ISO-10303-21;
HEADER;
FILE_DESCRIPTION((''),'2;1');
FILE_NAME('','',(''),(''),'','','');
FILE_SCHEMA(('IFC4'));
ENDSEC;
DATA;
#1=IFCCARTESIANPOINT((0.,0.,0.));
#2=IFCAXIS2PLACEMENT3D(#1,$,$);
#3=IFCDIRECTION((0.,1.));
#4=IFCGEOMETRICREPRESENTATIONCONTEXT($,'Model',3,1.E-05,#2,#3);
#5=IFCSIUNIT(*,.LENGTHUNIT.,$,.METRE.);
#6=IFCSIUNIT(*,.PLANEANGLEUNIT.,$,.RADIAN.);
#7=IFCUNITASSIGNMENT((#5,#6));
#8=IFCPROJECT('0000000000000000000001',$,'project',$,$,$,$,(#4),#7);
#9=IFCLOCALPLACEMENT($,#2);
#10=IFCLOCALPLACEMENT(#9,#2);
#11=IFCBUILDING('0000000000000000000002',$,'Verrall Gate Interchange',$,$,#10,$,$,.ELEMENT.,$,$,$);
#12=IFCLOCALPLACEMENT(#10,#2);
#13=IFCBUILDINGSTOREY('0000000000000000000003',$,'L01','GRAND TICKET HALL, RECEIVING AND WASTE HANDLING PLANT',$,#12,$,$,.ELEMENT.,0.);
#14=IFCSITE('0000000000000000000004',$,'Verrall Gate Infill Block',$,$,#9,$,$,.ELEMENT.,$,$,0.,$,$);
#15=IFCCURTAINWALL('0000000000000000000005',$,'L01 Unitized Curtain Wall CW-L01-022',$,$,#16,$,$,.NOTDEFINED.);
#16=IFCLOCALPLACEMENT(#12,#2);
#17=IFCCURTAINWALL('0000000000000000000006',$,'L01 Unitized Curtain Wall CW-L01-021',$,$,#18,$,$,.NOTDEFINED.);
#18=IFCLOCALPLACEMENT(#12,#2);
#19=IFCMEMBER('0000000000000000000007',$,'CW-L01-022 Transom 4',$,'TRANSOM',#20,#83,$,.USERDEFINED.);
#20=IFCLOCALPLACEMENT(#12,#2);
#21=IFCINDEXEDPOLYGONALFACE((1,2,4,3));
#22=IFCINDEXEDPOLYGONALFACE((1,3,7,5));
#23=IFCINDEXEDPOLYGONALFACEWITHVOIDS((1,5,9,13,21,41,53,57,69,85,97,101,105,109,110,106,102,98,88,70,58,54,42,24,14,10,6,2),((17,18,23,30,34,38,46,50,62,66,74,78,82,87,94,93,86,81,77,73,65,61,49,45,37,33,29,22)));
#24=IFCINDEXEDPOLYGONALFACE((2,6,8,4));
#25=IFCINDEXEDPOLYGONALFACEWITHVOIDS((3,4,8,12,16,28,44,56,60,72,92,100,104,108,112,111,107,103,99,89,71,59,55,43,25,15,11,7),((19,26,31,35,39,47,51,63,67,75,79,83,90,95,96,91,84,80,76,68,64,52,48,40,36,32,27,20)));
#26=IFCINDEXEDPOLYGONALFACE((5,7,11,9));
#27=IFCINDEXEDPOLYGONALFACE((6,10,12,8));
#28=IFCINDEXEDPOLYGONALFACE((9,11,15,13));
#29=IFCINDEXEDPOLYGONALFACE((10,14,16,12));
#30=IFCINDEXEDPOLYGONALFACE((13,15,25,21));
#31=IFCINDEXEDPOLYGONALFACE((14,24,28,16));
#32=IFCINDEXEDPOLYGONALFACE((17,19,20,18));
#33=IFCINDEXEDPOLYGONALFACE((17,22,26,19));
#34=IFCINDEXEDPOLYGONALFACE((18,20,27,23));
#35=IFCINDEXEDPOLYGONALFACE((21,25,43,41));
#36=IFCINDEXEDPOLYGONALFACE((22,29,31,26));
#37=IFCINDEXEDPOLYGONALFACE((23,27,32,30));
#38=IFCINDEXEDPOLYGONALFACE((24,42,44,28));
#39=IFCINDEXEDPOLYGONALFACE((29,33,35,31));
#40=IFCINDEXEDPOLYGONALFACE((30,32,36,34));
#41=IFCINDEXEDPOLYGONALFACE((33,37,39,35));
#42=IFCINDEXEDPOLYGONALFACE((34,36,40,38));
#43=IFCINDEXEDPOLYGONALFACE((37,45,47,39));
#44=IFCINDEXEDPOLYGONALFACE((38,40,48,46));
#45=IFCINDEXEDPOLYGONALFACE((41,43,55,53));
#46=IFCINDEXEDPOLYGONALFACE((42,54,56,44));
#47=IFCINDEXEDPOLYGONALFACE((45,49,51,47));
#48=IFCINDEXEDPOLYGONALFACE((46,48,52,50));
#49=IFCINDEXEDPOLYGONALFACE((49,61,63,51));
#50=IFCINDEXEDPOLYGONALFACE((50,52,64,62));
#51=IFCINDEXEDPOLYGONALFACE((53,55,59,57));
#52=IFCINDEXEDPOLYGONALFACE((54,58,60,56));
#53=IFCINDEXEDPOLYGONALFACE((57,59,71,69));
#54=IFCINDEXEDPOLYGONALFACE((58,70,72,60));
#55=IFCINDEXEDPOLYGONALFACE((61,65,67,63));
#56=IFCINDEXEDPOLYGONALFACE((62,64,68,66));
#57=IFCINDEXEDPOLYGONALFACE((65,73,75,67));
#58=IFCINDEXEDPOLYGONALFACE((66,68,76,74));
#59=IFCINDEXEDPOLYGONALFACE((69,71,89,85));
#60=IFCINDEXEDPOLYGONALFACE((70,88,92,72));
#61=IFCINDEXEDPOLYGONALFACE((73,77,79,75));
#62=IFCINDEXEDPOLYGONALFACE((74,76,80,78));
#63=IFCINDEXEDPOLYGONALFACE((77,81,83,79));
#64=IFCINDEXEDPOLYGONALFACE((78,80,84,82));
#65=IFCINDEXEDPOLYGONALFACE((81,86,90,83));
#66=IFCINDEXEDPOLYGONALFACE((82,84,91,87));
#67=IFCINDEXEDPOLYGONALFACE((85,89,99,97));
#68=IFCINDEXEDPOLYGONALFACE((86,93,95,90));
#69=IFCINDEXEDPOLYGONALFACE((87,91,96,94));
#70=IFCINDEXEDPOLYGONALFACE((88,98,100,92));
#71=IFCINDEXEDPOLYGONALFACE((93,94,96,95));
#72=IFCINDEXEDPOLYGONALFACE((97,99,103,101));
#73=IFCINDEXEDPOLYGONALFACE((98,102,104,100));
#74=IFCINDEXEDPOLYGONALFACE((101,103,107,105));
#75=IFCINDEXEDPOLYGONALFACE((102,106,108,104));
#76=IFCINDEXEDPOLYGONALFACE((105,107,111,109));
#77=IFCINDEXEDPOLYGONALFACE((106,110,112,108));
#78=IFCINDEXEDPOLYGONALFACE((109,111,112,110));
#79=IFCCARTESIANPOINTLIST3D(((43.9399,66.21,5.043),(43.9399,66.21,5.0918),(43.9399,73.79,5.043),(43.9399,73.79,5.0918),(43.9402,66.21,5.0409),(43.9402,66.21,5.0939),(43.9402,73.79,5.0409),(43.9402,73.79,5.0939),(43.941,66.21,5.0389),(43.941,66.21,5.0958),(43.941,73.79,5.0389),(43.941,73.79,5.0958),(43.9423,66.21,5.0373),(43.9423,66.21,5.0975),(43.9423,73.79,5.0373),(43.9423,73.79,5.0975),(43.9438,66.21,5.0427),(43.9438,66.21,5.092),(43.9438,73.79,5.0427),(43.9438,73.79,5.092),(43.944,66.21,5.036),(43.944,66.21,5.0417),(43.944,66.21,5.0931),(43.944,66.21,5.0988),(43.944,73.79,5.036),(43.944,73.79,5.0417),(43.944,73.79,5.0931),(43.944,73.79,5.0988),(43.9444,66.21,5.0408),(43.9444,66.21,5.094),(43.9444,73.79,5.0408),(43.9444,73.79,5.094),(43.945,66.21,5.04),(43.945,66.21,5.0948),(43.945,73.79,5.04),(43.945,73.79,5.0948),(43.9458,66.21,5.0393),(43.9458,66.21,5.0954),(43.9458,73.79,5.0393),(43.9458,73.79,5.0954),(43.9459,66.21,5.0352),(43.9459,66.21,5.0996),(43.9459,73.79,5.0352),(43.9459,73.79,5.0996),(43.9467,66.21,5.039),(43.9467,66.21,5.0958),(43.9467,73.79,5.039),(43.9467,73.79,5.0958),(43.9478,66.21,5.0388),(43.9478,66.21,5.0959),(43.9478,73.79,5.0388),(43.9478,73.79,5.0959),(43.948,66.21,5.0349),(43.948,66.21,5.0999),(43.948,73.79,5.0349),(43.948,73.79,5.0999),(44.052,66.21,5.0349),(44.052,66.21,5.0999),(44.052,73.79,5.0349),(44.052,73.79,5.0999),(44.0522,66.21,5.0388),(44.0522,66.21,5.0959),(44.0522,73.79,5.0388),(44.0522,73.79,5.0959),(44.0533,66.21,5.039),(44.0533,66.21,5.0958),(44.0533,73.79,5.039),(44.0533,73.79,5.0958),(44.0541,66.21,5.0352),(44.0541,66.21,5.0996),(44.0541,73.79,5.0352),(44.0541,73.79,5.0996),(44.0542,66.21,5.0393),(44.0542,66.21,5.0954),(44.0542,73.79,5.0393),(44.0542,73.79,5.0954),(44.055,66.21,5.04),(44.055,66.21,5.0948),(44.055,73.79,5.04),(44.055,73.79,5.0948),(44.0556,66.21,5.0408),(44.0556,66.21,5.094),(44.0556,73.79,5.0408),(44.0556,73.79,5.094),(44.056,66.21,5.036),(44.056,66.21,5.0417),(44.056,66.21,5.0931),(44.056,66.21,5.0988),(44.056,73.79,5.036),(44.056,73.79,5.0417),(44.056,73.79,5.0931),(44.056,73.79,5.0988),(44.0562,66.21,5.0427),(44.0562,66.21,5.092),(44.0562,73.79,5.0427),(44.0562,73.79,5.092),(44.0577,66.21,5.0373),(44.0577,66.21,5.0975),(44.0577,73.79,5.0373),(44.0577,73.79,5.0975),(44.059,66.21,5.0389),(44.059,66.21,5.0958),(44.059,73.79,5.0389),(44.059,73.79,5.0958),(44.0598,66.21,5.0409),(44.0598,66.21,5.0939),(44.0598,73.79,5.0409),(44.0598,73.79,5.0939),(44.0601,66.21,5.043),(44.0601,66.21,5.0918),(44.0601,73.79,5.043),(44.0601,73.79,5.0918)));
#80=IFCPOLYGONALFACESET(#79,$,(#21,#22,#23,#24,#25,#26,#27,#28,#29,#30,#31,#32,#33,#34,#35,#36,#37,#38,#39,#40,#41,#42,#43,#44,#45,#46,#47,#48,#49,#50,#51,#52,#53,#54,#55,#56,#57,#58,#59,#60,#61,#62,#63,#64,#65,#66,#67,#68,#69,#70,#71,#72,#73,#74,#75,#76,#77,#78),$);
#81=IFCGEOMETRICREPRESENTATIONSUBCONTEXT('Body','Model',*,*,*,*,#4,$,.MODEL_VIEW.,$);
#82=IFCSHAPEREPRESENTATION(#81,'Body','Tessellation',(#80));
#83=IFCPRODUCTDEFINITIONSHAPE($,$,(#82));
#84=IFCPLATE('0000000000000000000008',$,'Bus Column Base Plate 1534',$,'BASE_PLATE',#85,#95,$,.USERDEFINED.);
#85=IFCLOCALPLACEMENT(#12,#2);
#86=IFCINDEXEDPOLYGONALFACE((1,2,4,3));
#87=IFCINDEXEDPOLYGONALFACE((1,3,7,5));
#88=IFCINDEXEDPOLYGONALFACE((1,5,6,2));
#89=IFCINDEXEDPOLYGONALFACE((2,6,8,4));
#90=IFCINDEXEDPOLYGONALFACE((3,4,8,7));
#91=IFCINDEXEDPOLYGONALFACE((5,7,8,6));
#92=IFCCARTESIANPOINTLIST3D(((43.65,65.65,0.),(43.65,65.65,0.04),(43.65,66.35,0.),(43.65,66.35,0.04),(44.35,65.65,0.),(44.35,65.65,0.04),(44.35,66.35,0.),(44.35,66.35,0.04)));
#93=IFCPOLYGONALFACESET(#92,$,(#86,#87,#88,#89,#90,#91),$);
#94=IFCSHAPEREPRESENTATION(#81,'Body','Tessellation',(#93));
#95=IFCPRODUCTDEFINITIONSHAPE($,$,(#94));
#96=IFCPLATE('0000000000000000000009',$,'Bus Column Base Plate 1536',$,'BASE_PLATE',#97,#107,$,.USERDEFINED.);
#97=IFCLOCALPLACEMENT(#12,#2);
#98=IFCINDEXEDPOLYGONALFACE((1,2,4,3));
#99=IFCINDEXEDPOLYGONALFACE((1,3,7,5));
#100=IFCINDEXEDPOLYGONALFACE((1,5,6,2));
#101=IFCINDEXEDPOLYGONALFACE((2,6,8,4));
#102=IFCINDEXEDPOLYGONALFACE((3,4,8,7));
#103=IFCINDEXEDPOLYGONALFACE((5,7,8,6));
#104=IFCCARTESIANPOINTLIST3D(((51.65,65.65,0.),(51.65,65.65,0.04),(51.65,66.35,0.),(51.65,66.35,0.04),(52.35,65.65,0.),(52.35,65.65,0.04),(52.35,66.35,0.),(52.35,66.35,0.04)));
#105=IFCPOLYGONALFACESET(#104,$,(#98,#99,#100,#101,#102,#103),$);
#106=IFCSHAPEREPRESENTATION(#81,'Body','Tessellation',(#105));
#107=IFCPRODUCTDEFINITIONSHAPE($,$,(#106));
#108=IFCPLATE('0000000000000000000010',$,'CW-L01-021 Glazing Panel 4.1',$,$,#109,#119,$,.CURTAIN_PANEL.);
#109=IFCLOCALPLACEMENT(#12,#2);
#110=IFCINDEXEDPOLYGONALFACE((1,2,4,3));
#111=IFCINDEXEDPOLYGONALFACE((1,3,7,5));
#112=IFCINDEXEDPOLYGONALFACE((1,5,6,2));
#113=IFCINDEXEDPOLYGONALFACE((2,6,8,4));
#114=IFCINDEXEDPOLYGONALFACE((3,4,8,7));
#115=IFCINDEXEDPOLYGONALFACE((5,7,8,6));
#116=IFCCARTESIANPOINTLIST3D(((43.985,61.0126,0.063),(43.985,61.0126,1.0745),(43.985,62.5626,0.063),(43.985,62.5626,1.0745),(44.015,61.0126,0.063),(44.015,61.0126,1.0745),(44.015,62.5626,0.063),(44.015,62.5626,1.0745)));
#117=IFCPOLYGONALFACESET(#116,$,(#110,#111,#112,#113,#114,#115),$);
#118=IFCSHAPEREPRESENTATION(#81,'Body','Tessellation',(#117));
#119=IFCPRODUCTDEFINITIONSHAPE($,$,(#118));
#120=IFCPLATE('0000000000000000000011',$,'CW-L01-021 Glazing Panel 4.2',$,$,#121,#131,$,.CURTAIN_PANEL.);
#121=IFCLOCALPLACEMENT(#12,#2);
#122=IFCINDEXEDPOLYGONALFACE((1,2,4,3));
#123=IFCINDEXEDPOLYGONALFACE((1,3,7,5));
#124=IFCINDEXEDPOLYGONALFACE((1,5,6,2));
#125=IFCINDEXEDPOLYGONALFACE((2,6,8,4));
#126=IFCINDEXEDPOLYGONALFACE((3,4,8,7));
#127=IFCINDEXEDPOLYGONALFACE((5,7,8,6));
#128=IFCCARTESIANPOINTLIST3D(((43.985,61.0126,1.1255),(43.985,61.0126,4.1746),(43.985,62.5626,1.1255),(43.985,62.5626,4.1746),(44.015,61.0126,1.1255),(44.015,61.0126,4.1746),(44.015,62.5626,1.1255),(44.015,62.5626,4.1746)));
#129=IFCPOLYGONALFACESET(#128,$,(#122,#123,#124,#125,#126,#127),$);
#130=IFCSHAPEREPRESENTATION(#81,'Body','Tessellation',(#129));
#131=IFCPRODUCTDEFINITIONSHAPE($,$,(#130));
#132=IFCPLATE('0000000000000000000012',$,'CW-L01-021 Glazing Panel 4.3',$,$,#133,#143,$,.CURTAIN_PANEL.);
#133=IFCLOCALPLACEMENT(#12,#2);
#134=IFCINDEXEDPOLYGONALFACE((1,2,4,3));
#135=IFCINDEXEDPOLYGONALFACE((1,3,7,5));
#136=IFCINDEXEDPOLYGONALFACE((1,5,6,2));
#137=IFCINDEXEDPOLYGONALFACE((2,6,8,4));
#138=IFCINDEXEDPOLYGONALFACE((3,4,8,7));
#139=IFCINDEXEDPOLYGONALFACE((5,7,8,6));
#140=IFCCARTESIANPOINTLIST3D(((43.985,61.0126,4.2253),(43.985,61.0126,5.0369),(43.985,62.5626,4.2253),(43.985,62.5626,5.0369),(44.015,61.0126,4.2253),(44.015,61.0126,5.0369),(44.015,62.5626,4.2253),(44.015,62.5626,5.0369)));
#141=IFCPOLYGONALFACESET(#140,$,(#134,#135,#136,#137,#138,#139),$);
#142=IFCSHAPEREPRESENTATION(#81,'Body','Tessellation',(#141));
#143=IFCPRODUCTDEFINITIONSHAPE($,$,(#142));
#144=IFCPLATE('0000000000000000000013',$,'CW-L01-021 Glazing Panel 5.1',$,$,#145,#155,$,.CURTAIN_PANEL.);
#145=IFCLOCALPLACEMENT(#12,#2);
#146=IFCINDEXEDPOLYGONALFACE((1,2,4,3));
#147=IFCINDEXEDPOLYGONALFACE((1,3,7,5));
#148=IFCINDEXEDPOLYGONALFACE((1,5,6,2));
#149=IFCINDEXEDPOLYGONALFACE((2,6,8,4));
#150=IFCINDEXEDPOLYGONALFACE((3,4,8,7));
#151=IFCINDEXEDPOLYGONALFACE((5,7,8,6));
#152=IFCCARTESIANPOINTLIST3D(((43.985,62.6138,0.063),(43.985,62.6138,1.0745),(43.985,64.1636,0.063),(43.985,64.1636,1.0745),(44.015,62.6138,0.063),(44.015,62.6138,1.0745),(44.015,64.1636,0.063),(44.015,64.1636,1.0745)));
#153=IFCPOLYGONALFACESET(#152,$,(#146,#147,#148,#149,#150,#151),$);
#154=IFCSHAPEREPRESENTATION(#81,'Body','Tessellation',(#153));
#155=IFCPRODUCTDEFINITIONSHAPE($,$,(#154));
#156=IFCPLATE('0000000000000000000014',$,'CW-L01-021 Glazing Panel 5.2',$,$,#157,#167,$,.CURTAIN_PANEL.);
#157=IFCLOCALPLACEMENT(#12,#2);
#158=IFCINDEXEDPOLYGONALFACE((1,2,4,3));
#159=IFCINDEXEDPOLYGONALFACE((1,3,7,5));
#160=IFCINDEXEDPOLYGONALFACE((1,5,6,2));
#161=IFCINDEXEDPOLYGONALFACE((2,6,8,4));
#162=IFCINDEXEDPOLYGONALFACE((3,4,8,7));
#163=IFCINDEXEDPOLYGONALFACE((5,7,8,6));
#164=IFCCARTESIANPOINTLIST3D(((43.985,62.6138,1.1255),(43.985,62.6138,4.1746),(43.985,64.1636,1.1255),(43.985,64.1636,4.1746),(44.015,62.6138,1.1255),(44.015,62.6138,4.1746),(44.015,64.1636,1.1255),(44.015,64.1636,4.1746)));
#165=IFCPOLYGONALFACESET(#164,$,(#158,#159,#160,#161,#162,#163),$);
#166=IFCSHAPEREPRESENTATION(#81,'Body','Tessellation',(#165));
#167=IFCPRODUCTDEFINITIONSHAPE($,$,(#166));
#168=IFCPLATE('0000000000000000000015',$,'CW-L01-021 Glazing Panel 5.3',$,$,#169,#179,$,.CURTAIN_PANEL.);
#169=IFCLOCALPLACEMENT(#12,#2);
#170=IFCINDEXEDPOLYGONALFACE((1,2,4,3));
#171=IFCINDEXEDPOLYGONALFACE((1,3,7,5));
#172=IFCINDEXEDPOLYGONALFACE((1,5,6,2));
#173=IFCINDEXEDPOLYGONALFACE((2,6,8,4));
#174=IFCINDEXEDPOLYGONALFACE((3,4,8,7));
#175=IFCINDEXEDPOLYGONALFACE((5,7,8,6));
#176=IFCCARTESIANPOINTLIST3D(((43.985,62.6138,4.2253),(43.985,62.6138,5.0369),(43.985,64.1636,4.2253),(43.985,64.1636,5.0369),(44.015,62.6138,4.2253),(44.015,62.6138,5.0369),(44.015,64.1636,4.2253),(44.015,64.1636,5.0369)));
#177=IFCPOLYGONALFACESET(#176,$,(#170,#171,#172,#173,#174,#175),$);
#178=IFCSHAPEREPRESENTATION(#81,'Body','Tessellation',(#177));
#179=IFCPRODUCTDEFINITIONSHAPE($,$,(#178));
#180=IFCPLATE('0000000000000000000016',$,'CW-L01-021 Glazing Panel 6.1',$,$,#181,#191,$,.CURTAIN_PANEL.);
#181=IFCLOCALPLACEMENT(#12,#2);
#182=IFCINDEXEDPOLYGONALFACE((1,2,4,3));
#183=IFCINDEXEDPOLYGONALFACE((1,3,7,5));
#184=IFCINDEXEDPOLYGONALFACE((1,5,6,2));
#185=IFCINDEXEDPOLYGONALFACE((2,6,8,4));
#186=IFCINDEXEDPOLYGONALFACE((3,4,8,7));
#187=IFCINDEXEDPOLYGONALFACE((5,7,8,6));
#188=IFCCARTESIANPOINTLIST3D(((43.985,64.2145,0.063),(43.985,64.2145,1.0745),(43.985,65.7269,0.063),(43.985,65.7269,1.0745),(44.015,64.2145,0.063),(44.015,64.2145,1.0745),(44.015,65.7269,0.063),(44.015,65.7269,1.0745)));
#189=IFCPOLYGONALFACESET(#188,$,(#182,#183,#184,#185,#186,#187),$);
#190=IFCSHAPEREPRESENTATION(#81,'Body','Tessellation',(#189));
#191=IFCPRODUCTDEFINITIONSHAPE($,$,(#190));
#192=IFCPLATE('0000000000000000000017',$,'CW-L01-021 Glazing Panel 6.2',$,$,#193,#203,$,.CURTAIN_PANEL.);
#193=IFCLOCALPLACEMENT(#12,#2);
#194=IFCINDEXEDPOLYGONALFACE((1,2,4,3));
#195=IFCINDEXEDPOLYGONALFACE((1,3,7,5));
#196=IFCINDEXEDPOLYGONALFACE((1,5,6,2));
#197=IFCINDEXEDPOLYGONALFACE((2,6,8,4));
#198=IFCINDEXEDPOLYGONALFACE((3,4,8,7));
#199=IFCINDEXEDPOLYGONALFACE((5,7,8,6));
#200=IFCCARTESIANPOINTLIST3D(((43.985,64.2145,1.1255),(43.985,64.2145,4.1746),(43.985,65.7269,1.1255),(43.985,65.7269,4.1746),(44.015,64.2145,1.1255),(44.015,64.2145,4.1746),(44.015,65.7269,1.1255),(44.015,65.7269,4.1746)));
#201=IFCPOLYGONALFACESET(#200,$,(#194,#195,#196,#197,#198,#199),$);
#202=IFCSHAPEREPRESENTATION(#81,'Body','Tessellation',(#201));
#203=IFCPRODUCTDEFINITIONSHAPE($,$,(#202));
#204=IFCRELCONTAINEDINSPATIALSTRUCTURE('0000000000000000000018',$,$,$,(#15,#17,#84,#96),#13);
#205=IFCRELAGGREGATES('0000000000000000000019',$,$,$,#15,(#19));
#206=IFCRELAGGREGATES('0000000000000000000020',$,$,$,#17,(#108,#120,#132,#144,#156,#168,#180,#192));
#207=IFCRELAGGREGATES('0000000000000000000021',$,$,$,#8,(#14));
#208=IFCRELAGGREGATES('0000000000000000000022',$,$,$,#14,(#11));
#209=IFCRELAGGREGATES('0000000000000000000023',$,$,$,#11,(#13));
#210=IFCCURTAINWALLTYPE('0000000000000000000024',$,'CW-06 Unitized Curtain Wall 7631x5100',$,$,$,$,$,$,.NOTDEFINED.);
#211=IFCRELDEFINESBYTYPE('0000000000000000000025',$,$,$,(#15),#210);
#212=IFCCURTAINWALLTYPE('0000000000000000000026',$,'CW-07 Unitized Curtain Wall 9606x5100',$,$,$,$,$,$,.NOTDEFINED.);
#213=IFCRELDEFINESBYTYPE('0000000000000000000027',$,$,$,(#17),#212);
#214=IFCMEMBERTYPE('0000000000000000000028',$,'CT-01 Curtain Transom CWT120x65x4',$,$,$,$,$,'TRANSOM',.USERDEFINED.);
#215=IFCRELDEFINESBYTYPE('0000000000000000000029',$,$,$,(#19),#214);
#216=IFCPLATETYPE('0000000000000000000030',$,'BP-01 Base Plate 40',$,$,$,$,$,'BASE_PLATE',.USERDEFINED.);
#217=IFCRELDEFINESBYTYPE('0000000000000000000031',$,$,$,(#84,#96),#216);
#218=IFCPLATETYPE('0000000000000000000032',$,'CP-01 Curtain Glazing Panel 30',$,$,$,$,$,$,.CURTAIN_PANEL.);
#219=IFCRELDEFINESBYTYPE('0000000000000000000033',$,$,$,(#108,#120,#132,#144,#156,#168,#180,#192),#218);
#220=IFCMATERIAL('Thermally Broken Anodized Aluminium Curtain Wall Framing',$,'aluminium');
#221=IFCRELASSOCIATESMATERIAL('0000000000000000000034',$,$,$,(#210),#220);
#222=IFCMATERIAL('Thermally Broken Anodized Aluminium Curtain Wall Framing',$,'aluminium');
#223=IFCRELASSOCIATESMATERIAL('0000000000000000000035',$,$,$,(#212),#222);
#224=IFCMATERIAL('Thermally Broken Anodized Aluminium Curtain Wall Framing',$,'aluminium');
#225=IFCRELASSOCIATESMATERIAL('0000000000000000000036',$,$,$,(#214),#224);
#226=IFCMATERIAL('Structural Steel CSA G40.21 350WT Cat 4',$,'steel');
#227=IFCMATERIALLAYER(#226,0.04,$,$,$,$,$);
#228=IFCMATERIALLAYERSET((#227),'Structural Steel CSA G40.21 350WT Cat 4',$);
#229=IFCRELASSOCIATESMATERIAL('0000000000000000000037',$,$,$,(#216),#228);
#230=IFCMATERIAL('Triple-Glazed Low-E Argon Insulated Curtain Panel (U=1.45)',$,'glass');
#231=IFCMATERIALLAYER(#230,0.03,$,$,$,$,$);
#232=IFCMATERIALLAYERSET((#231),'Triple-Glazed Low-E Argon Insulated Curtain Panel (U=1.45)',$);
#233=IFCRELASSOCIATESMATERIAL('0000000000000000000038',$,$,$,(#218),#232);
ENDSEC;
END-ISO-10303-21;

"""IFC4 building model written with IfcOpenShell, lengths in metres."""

from ifc_helpers import new_model, si_unit, direction, frame, origin, origin_2d, place, context, subcontext, project, spatial, rectangle, hollow_rectangle, extrude, material, layer, layer_set, material_profile, profile_set, type_object, element, aggregate, save


model = new_model("IFC4")

# Units and contexts
model_context = context("Model", 3, precision=1e-05, world=origin(), true_north=direction((0.0, 1.0)))
body_context = subcontext(model_context, "Body", "Model", "MODEL_VIEW")
ifc_project = project(units=[si_unit("LENGTHUNIT", "METRE"), si_unit("PLANEANGLEUNIT", "RADIAN")], contexts=[model_context])

# Site, building, storey
site_placement = place(None, origin())
site = spatial("IfcSite", under=ifc_project, at=site_placement, Name="Verrall Gate Infill Block", CompositionType="ELEMENT", RefElevation=0.0)
building_placement = place(site_placement, origin())
building = spatial("IfcBuilding", under=site, at=building_placement, Name="Verrall Gate Interchange", CompositionType="ELEMENT")
storey_placement = place(building_placement, origin())
storey = spatial("IfcBuildingStorey", under=building, at=storey_placement, Name="L01", Description="GRAND TICKET HALL, RECEIVING AND WASTE HANDLING PLANT", CompositionType="ELEMENT", Elevation=0.0)

# Curtain wall
ifc_material_1 = material(Name="Thermally Broken Anodized Aluminium Curtain Wall Framing", Category="aluminium")
curtain_wall_type_1 = type_object("IfcCurtainWallType", Name="CW-06 Unitized Curtain Wall 7631x5100", PredefinedType="NOTDEFINED", material=ifc_material_1)
curtain_wall_1_placement = place(storey_placement, origin())
curtain_wall_1 = element("IfcCurtainWall", 1, at=curtain_wall_1_placement, inside=storey, type_object=curtain_wall_type_1, Name="L01 Unitized Curtain Wall CW-L01-022", PredefinedType="NOTDEFINED")

# Curtain wall
ifc_material_2 = material(Name="Thermally Broken Anodized Aluminium Curtain Wall Framing", Category="aluminium")
curtain_wall_type_2 = type_object("IfcCurtainWallType", Name="CW-07 Unitized Curtain Wall 9606x5100", PredefinedType="NOTDEFINED", material=ifc_material_2)
curtain_wall_2_placement = place(storey_placement, origin())
curtain_wall_2 = element("IfcCurtainWall", 2, at=curtain_wall_2_placement, inside=storey, type_object=curtain_wall_type_2, Name="L01 Unitized Curtain Wall CW-L01-021", PredefinedType="NOTDEFINED")

# Member
ifc_material_3 = material(Name="Thermally Broken Anodized Aluminium Curtain Wall Framing", Category="aluminium")
ifc_material_profile_1 = material_profile(ifc_material_3, hollow_rectangle(XDim=0.1201, YDim=0.0649, WallThickness=0.0039, InnerFilletRadius=0.0039, OuterFilletRadius=0.0081, at=origin_2d()), Name="CWT120x65x4")
ifc_profile_set_1 = profile_set([ifc_material_profile_1], Name="Thermally Broken Anodized Aluminium Curtain Wall Framing")
member_type_1 = type_object("IfcMemberType", Name="CT-01 Curtain Transom CWT120x65x4", ElementType="TRANSOM", PredefinedType="USERDEFINED", material=ifc_profile_set_1)
member_1_placement = place(storey_placement, frame((44.0, 66.21, 5.0674), z_axis=(0.0, 1.0, 0.0), x_axis=(-1.0, 0.0, 0.0)))
member_1 = element("IfcMember", 3, at=member_1_placement, type_object=member_type_1, Name="CW-L01-022 Transom 4", ObjectType="TRANSOM", PredefinedType="USERDEFINED", context=body_context, shape_type="SweptSolid", body=[
    extrude(hollow_rectangle(XDim=0.1201, YDim=0.0649, WallThickness=0.0039, InnerFilletRadius=0.0039, OuterFilletRadius=0.0081, at=origin_2d()), origin(), (0.0, 0.0, 1.0), 7.5801),
])
aggregate(curtain_wall_1, [member_1])

# Plates
ifc_material_4 = material(Name="Structural Steel CSA G40.21 350WT Cat 4", Category="steel")
ifc_layer_1 = layer(ifc_material_4, 0.04)
ifc_layer_set_1 = layer_set([ifc_layer_1], Name="Structural Steel CSA G40.21 350WT Cat 4")
plate_type_1 = type_object("IfcPlateType", Name="BP-01 Base Plate 40", ElementType="BASE_PLATE", PredefinedType="USERDEFINED", material=ifc_layer_set_1)
for number, where, z_axis, x_axis, name in (
    (4, (44.0, 66.0, 0.0), (0.0, 0.0, 1.0), (1.0, 0.0, 0.0), "Bus Column Base Plate 1534"),
    (5, (52.0, 66.0, 0.0), (0.0, 0.0, 1.0), (1.0, 0.0, 0.0), "Bus Column Base Plate 1536"),
):
    element("IfcPlate", number, at=place(storey_placement, frame(where, z_axis=z_axis, x_axis=x_axis)), inside=storey, type_object=plate_type_1, Name=name, ObjectType="BASE_PLATE", PredefinedType="USERDEFINED", context=body_context, shape_type="SweptSolid", body=[
        extrude(rectangle(XDim=0.7, YDim=0.7, at=origin_2d()), origin(), (0.0, 0.0, 1.0), 0.04),
    ])

# Plates
ifc_material_5 = material(Name="Triple-Glazed Low-E Argon Insulated Curtain Panel (U=1.45)", Category="glass")
ifc_layer_2 = layer(ifc_material_5, 0.03)
ifc_layer_set_2 = layer_set([ifc_layer_2], Name="Triple-Glazed Low-E Argon Insulated Curtain Panel (U=1.45)")
plate_type_2 = type_object("IfcPlateType", Name="CP-01 Curtain Glazing Panel 30", PredefinedType="CURTAIN_PANEL", material=ifc_layer_set_2)
plate_1_placement = place(storey_placement, frame((44.0, 61.7876, 0.063), z_axis=(0.0, 0.0, 1.0), x_axis=(0.0, 1.0, 0.0)))
plate_1 = element("IfcPlate", 6, at=plate_1_placement, type_object=plate_type_2, Name="CW-L01-021 Glazing Panel 4.1", PredefinedType="CURTAIN_PANEL", context=body_context, shape_type="SweptSolid", body=[
    extrude(rectangle(XDim=1.55, YDim=0.03, at=origin_2d()), origin(), (0.0, 0.0, 1.0), 1.0115),
])
plate_2_placement = place(storey_placement, frame((44.0, 61.7876, 1.1255), z_axis=(0.0, 0.0, 1.0), x_axis=(0.0, 1.0, 0.0)))
plate_2 = element("IfcPlate", 7, at=plate_2_placement, type_object=plate_type_2, Name="CW-L01-021 Glazing Panel 4.2", PredefinedType="CURTAIN_PANEL", context=body_context, shape_type="SweptSolid", body=[
    extrude(rectangle(XDim=1.55, YDim=0.03, at=origin_2d()), origin(), (0.0, 0.0, 1.0), 3.0491),
])
plate_3_placement = place(storey_placement, frame((44.0, 61.7876, 4.2253), z_axis=(0.0, 0.0, 1.0), x_axis=(0.0, 1.0, 0.0)))
plate_3 = element("IfcPlate", 8, at=plate_3_placement, type_object=plate_type_2, Name="CW-L01-021 Glazing Panel 4.3", PredefinedType="CURTAIN_PANEL", context=body_context, shape_type="SweptSolid", body=[
    extrude(rectangle(XDim=1.55, YDim=0.03, at=origin_2d()), origin(), (0.0, 0.0, 1.0), 0.8115),
])
plate_4_placement = place(storey_placement, frame((44.0, 63.3887, 0.063), z_axis=(0.0, 0.0, 1.0), x_axis=(0.0, 1.0, 0.0)))
plate_4 = element("IfcPlate", 9, at=plate_4_placement, type_object=plate_type_2, Name="CW-L01-021 Glazing Panel 5.1", PredefinedType="CURTAIN_PANEL", context=body_context, shape_type="SweptSolid", body=[
    extrude(rectangle(XDim=1.5498, YDim=0.03, at=origin_2d()), origin(), (0.0, 0.0, 1.0), 1.0115),
])
plate_5_placement = place(storey_placement, frame((44.0, 63.3887, 1.1255), z_axis=(0.0, 0.0, 1.0), x_axis=(0.0, 1.0, 0.0)))
plate_5 = element("IfcPlate", 10, at=plate_5_placement, type_object=plate_type_2, Name="CW-L01-021 Glazing Panel 5.2", PredefinedType="CURTAIN_PANEL", context=body_context, shape_type="SweptSolid", body=[
    extrude(rectangle(XDim=1.5498, YDim=0.03, at=origin_2d()), origin(), (0.0, 0.0, 1.0), 3.0491),
])
plate_6_placement = place(storey_placement, frame((44.0, 63.3887, 4.2253), z_axis=(0.0, 0.0, 1.0), x_axis=(0.0, 1.0, 0.0)))
plate_6 = element("IfcPlate", 11, at=plate_6_placement, type_object=plate_type_2, Name="CW-L01-021 Glazing Panel 5.3", PredefinedType="CURTAIN_PANEL", context=body_context, shape_type="SweptSolid", body=[
    extrude(rectangle(XDim=1.5498, YDim=0.03, at=origin_2d()), origin(), (0.0, 0.0, 1.0), 0.8115),
])
plate_7_placement = place(storey_placement, frame((44.0, 64.9707, 0.063), z_axis=(0.0, 0.0, 1.0), x_axis=(0.0, 1.0, 0.0)))
plate_7 = element("IfcPlate", 12, at=plate_7_placement, type_object=plate_type_2, Name="CW-L01-021 Glazing Panel 6.1", PredefinedType="CURTAIN_PANEL", context=body_context, shape_type="SweptSolid", body=[
    extrude(rectangle(XDim=1.5125, YDim=0.03, at=origin_2d()), origin(), (0.0, 0.0, 1.0), 1.0115),
])
plate_8_placement = place(storey_placement, frame((44.0, 64.9707, 1.1255), z_axis=(0.0, 0.0, 1.0), x_axis=(0.0, 1.0, 0.0)))
plate_8 = element("IfcPlate", 13, at=plate_8_placement, type_object=plate_type_2, Name="CW-L01-021 Glazing Panel 6.2", PredefinedType="CURTAIN_PANEL", context=body_context, shape_type="SweptSolid", body=[
    extrude(rectangle(XDim=1.5125, YDim=0.03, at=origin_2d()), origin(), (0.0, 0.0, 1.0), 3.0491),
])
aggregate(curtain_wall_2, [plate_1, plate_2, plate_3, plate_4, plate_5, plate_6, plate_7, plate_8])

save(model, "model.ifc")
